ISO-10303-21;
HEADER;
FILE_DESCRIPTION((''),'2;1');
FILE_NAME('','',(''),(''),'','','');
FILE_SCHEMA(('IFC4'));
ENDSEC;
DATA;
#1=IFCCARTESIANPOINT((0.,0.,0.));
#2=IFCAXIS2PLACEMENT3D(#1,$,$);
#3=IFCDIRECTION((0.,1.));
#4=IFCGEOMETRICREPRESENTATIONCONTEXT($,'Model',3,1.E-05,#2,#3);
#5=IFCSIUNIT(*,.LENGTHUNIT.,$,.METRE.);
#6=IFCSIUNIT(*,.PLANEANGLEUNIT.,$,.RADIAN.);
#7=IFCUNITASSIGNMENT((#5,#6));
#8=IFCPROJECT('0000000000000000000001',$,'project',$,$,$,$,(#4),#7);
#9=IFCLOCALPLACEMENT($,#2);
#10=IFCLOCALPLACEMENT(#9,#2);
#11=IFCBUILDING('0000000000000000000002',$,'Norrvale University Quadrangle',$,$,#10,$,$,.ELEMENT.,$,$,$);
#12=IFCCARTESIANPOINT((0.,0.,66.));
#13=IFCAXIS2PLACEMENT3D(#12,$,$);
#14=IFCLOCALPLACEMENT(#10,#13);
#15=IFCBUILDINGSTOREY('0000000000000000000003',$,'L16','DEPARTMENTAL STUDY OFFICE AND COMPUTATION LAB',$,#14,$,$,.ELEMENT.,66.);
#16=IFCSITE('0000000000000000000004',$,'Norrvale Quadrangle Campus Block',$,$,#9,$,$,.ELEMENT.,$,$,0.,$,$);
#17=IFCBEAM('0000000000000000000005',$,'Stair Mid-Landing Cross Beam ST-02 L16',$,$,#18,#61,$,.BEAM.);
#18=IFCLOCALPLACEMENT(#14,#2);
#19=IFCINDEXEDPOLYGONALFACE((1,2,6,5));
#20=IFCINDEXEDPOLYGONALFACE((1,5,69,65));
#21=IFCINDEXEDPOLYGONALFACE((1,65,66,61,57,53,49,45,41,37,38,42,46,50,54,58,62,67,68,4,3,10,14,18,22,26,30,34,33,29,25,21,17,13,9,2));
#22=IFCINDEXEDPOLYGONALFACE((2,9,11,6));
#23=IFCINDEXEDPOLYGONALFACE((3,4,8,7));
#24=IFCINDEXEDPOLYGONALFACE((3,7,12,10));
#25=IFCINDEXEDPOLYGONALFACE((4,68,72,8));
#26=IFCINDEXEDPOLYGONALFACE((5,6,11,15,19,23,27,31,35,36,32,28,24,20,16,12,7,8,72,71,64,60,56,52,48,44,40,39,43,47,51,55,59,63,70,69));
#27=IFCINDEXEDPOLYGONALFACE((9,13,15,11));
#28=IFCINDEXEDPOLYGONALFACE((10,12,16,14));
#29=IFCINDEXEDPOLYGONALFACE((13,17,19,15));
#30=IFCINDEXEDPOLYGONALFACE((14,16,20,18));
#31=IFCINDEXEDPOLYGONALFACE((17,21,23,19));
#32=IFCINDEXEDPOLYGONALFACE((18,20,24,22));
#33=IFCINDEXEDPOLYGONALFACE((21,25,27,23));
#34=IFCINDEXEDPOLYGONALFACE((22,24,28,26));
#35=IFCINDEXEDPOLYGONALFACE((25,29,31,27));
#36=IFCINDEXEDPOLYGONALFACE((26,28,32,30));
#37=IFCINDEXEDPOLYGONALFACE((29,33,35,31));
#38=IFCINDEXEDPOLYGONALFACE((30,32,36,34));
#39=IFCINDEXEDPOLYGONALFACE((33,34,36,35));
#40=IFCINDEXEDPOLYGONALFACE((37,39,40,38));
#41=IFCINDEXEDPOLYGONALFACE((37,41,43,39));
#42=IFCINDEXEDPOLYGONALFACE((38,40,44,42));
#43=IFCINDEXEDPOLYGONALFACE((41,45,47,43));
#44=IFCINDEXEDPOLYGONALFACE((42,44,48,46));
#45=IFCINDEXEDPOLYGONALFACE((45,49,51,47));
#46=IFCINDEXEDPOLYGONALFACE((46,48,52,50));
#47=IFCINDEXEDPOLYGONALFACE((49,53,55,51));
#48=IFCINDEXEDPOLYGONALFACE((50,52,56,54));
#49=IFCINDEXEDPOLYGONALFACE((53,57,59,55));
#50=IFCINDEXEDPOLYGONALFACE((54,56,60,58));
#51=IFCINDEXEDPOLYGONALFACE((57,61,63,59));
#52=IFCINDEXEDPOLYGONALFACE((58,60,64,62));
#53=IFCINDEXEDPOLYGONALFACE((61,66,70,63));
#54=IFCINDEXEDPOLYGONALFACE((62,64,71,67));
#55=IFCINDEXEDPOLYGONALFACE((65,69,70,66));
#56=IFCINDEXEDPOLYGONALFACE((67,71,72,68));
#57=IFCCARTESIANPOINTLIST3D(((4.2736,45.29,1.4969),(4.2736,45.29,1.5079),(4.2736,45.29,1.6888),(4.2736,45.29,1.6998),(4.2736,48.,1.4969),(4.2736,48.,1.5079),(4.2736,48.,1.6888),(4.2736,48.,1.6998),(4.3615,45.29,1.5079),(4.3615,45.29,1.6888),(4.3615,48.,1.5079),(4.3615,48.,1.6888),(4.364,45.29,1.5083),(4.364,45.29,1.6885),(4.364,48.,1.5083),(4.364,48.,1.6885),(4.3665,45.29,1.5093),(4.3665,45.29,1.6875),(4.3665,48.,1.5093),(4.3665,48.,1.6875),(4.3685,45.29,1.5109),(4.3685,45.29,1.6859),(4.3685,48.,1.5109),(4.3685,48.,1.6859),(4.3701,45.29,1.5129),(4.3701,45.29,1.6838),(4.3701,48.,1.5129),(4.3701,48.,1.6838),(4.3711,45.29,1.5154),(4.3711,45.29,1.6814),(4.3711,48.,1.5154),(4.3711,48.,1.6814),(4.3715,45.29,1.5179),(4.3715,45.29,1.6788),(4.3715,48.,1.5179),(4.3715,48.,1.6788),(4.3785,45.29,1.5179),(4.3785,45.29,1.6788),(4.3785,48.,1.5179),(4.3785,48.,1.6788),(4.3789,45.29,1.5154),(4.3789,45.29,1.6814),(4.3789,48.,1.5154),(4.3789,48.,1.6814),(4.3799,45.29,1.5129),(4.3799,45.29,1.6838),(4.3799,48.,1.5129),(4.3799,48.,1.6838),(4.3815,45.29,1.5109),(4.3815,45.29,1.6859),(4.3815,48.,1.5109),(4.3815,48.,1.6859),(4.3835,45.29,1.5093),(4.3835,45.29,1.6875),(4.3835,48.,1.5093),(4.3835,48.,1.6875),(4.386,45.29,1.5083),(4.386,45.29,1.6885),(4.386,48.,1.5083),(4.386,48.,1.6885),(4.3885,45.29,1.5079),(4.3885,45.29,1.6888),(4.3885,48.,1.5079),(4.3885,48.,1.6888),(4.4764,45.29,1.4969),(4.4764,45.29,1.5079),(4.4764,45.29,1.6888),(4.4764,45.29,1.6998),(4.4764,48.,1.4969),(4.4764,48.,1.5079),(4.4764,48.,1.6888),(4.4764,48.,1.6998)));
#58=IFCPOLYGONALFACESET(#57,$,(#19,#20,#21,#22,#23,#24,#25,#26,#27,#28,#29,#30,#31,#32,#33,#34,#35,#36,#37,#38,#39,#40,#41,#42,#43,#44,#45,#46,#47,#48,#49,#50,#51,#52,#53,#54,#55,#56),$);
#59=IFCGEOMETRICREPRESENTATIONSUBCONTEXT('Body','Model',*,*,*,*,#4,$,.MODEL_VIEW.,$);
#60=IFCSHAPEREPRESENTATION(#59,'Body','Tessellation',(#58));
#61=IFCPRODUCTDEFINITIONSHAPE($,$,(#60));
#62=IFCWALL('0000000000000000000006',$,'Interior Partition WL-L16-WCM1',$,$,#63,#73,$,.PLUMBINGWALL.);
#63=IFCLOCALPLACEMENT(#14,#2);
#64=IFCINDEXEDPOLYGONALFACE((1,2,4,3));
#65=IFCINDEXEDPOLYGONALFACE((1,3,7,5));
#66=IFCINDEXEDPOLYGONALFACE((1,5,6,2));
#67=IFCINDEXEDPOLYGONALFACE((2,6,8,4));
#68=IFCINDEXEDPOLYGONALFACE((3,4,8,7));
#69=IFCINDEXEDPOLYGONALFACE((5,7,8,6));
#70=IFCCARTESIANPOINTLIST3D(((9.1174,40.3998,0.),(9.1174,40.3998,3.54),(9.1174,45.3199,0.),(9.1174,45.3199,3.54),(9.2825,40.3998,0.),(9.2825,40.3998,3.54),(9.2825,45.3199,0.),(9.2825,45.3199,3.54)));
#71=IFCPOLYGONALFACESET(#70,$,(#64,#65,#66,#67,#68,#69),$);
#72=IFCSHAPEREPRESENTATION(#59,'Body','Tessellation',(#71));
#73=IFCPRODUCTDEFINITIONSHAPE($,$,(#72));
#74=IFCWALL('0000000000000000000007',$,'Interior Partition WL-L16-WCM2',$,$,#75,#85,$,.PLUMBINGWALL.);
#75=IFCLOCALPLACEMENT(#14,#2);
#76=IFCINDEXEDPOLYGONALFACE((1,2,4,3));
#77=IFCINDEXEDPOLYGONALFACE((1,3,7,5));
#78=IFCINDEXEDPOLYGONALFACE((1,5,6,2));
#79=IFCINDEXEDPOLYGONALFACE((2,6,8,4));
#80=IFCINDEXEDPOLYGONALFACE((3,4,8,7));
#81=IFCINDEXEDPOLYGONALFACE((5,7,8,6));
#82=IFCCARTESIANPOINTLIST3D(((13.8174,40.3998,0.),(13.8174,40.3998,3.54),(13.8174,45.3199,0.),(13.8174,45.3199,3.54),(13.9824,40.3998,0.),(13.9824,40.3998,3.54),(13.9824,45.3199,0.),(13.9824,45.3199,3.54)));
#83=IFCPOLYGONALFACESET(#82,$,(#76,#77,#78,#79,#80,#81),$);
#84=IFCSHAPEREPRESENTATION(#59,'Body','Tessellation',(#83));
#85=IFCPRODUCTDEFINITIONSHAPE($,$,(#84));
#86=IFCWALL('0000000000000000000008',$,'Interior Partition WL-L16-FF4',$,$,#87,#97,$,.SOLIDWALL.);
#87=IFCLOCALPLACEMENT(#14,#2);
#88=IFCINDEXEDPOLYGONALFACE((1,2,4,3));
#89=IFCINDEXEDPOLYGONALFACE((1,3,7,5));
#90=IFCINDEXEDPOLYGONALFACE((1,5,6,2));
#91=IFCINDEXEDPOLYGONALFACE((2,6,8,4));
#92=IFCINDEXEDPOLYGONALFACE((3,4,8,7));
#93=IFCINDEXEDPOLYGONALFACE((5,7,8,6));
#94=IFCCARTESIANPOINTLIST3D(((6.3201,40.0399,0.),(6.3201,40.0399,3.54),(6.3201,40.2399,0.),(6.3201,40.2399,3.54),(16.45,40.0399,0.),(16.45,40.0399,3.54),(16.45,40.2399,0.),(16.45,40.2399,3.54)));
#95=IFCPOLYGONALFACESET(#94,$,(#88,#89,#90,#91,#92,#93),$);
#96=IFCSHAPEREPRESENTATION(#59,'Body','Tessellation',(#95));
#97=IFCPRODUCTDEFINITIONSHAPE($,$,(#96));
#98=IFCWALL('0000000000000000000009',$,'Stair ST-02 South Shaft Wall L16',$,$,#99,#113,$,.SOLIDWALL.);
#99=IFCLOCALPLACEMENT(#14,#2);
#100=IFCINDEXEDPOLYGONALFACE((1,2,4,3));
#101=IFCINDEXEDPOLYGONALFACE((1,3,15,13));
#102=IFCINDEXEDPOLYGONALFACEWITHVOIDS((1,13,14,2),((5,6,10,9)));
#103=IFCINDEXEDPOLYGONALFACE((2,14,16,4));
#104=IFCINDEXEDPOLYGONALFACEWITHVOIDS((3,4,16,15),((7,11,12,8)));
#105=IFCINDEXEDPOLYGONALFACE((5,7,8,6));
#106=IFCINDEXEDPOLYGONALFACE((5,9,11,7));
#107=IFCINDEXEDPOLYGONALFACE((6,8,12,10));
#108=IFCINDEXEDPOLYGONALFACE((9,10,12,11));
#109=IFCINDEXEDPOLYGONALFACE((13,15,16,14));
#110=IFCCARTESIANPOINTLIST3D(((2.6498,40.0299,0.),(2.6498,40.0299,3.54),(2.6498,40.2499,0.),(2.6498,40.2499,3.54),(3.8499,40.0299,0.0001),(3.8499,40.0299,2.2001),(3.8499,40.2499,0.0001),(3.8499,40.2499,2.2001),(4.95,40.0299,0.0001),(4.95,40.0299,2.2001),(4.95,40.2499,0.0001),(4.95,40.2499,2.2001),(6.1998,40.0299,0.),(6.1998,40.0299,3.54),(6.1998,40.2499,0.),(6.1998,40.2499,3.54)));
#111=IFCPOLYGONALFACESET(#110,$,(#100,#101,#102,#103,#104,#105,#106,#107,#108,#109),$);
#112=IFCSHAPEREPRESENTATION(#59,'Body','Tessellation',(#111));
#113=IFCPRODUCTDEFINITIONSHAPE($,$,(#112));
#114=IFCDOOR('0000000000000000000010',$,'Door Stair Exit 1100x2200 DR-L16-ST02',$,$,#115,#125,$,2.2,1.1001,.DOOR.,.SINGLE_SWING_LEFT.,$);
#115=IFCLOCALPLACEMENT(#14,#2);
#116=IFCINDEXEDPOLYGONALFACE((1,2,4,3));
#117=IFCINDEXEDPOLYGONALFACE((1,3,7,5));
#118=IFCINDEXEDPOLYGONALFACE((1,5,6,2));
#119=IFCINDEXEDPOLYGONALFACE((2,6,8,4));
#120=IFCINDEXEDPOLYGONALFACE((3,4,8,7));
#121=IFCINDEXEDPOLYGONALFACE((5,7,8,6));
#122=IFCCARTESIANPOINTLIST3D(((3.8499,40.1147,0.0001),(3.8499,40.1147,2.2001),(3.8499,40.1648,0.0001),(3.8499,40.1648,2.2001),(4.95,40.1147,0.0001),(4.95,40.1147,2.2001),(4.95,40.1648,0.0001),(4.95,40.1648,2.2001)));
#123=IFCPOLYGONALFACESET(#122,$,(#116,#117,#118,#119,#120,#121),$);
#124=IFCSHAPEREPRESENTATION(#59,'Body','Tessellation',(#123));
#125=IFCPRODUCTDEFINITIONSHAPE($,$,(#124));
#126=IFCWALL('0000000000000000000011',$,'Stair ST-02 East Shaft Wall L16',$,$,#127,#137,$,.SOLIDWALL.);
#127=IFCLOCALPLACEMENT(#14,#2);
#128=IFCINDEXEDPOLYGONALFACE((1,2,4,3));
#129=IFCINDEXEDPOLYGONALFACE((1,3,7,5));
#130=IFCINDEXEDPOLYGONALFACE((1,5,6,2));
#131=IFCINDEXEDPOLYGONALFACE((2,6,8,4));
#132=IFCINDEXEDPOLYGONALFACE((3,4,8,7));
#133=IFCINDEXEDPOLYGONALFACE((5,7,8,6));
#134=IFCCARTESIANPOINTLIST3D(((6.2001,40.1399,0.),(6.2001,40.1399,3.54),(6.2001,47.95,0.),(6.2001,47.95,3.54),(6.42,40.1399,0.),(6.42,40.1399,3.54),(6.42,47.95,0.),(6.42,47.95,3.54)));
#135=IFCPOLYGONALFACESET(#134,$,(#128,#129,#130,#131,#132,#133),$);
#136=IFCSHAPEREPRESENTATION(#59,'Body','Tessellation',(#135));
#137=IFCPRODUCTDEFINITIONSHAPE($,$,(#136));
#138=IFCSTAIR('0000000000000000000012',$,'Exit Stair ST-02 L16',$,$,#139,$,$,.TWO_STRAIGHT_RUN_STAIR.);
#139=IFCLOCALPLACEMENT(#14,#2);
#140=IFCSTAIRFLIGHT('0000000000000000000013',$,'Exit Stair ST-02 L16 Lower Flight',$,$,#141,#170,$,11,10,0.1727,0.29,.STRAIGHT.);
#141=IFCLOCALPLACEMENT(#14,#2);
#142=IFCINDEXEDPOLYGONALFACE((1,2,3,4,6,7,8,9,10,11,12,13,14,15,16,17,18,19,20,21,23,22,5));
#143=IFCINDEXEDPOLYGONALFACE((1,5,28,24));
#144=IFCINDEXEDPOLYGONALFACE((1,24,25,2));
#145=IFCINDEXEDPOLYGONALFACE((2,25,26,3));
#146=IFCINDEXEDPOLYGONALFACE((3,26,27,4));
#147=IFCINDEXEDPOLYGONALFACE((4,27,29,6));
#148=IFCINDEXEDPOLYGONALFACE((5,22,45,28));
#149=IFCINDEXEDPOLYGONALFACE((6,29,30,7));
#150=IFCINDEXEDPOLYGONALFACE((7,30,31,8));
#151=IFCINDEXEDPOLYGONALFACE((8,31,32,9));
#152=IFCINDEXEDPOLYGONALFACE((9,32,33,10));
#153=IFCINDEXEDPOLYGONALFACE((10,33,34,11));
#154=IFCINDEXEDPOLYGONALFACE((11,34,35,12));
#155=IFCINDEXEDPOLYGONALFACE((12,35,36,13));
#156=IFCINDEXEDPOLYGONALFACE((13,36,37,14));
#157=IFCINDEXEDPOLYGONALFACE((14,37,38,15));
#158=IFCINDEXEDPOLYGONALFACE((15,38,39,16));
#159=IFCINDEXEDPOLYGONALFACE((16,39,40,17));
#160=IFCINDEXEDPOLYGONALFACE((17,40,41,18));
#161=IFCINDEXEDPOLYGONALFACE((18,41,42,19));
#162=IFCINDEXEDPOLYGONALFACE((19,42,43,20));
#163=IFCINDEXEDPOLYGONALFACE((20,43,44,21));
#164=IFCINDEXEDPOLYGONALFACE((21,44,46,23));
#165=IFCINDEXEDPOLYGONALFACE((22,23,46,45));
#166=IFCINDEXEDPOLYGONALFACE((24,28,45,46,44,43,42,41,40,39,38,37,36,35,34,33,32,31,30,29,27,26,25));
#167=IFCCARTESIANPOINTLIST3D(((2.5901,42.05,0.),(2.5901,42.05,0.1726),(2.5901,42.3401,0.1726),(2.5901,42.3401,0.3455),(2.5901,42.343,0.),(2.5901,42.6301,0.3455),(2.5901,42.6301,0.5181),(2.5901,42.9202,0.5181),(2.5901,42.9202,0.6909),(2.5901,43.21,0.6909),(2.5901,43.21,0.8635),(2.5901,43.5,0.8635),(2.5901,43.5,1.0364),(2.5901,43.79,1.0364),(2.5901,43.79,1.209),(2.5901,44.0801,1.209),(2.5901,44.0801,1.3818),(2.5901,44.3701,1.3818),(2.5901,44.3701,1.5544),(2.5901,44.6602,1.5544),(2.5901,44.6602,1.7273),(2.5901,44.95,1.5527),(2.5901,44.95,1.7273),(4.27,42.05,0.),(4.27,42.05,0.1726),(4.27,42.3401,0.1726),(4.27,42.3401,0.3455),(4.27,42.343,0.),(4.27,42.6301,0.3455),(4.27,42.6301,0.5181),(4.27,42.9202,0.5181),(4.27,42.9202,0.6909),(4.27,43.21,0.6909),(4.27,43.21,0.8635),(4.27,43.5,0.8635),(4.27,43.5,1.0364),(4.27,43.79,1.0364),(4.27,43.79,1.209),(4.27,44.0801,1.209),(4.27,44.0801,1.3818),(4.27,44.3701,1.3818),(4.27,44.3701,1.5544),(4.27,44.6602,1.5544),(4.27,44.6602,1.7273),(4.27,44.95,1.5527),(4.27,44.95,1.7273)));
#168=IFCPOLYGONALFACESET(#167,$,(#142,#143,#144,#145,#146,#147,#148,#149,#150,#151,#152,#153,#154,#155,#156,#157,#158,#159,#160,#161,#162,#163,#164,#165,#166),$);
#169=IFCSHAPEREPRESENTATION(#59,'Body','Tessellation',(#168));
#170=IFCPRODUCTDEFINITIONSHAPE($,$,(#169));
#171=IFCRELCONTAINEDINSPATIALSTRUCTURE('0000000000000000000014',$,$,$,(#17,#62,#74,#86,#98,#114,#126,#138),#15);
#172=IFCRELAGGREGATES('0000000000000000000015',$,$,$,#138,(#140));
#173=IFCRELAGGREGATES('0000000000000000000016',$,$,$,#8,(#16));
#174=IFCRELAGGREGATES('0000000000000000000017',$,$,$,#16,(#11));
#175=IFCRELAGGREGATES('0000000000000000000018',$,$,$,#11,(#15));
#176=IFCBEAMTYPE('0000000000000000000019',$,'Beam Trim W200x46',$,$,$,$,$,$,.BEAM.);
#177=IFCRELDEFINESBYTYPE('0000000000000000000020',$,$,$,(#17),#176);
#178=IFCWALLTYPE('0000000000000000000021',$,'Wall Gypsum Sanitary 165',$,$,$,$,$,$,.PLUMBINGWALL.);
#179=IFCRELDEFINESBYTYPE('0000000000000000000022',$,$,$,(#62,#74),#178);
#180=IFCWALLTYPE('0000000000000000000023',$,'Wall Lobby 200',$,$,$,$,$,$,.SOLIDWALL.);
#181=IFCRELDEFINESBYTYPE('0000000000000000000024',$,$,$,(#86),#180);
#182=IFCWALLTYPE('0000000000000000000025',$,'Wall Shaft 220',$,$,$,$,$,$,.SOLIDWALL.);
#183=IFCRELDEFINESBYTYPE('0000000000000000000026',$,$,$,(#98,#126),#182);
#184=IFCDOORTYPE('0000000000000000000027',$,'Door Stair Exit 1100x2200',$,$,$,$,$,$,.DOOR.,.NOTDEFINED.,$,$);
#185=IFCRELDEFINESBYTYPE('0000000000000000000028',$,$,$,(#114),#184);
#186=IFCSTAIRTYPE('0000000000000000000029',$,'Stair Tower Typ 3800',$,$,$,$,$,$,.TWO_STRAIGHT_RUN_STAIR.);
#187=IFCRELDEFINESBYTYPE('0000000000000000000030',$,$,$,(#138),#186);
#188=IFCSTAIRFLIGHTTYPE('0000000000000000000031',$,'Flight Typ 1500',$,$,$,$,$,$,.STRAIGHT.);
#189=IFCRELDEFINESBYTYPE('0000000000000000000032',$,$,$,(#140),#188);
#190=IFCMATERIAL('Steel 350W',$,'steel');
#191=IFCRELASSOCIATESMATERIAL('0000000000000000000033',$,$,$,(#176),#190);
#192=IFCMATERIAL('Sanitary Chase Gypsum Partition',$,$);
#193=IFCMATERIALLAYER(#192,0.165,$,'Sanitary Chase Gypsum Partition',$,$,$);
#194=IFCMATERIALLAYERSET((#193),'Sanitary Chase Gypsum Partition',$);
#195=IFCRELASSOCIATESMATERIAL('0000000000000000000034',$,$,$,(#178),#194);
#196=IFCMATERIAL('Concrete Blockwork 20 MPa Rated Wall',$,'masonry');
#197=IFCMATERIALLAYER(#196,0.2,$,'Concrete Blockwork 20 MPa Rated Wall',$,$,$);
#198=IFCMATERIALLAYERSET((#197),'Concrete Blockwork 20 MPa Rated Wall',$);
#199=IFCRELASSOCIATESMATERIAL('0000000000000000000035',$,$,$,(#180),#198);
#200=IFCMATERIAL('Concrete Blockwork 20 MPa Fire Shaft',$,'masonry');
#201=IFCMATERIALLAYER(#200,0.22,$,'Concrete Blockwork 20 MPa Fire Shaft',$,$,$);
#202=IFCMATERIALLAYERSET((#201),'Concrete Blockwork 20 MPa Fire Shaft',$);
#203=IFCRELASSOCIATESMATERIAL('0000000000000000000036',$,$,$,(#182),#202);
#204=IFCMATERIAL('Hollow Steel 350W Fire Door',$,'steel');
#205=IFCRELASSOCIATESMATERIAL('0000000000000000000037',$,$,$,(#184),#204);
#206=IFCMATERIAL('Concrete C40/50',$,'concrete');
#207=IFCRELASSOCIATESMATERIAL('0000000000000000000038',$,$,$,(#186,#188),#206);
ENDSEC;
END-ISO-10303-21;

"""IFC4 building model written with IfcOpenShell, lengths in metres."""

from ifc_helpers import new_model, si_unit, direction, frame, frame_2d, origin, origin_2d, place, context, subcontext, project, spatial, polyline, rectangle, i_section, outline, extrude, material, layer, layer_set, material_profile, profile_set, type_object, element, fill, aggregate, save


model = new_model("IFC4")

# Units and contexts
model_context = context("Model", 3, precision=1e-05, world=origin(), true_north=direction((0.0, 1.0)))
body_context = subcontext(model_context, "Body", "Model", "MODEL_VIEW")
ifc_project = project(units=[si_unit("LENGTHUNIT", "METRE"), si_unit("PLANEANGLEUNIT", "RADIAN")], contexts=[model_context])

# Site, building, storey
site_placement = place(None, origin())
site = spatial("IfcSite", under=ifc_project, at=site_placement, Name="Norrvale Quadrangle Campus Block", CompositionType="ELEMENT", RefElevation=0.0)
building_placement = place(site_placement, origin())
building = spatial("IfcBuilding", under=site, at=building_placement, Name="Norrvale University Quadrangle", CompositionType="ELEMENT")
storey_placement = place(building_placement, frame((0.0, 0.0, 66.0)))
storey = spatial("IfcBuildingStorey", under=building, at=storey_placement, Name="L16", Description="DEPARTMENTAL STUDY OFFICE AND COMPUTATION LAB", CompositionType="ELEMENT", Elevation=66.0)

# Beam
ifc_material_1 = material(Name="Steel 350W", Category="steel")
ifc_material_profile_1 = material_profile(ifc_material_1, i_section(OverallWidth=0.2029, OverallDepth=0.2029, WebThickness=0.0071, FlangeThickness=0.011, FilletRadius=0.01, at=origin_2d()), Name="Steel 350W")
ifc_profile_set_1 = profile_set([ifc_material_profile_1], Name="Steel 350W")
beam_type_1 = type_object("IfcBeamType", Name="Beam Trim W200x46", PredefinedType="BEAM", material=ifc_profile_set_1)
beam_1_placement = place(storey_placement, frame((4.375, 45.29, 1.5984), z_axis=(0.0, 1.0, 0.0), x_axis=(-1.0, 0.0, 0.0)))
element("IfcBeam", 1, at=beam_1_placement, inside=storey, type_object=beam_type_1, Name="Stair Mid-Landing Cross Beam ST-02 L16", PredefinedType="BEAM", context=body_context, shape_type="SweptSolid", body=[
    extrude(i_section(OverallWidth=0.2029, OverallDepth=0.2029, WebThickness=0.0071, FlangeThickness=0.011, FilletRadius=0.01, at=origin_2d()), origin(), (0.0, 0.0, 1.0), 2.71),
])

# Walls
ifc_material_2 = material(Name="Sanitary Chase Gypsum Partition")
ifc_layer_1 = layer(ifc_material_2, 0.165, Name="Sanitary Chase Gypsum Partition")
ifc_layer_set_1 = layer_set([ifc_layer_1], Name="Sanitary Chase Gypsum Partition")
wall_type_1 = type_object("IfcWallType", Name="Wall Gypsum Sanitary 165", PredefinedType="PLUMBINGWALL", material=ifc_layer_set_1)
for number, where, z_axis, x_axis, name in (
    (2, (9.2, 40.3999, 0.0), (0.0, 0.0, 1.0), (0.0, 1.0, 0.0), "Interior Partition WL-L16-WCM1"),
    (3, (13.8999, 40.3999, 0.0), (0.0, 0.0, 1.0), (0.0, 1.0, 0.0), "Interior Partition WL-L16-WCM2"),
):
    element("IfcWall", number, at=place(storey_placement, frame(where, z_axis=z_axis, x_axis=x_axis)), inside=storey, type_object=wall_type_1, Name=name, PredefinedType="PLUMBINGWALL", context=body_context, shape_type="SweptSolid", body=[
        extrude(rectangle(XDim=4.9202, YDim=0.165, at=frame_2d((2.46, 0.0))), origin(), (0.0, 0.0, 1.0), 3.54),
    ])
ifc_material_3 = material(Name="Concrete Blockwork 20 MPa Rated Wall", Category="masonry")
ifc_layer_2 = layer(ifc_material_3, 0.2, Name="Concrete Blockwork 20 MPa Rated Wall")
ifc_layer_set_2 = layer_set([ifc_layer_2], Name="Concrete Blockwork 20 MPa Rated Wall")
wall_type_2 = type_object("IfcWallType", Name="Wall Lobby 200", PredefinedType="SOLIDWALL", material=ifc_layer_set_2)
wall_1_placement = place(storey_placement, frame((6.3201, 40.1399, 0.0), z_axis=(0.0, 0.0, 1.0), x_axis=(1.0, 0.0, 0.0)))
element("IfcWall", 4, at=wall_1_placement, inside=storey, type_object=wall_type_2, Name="Interior Partition WL-L16-FF4", PredefinedType="SOLIDWALL", context=body_context, shape_type="SweptSolid", body=[
    extrude(rectangle(XDim=10.1299, YDim=0.2, at=frame_2d((5.0649, 0.0))), origin(), (0.0, 0.0, 1.0), 3.54),
])

# Wall, opening, door
ifc_material_4 = material(Name="Concrete Blockwork 20 MPa Fire Shaft", Category="masonry")
ifc_layer_3 = layer(ifc_material_4, 0.22, Name="Concrete Blockwork 20 MPa Fire Shaft")
ifc_layer_set_3 = layer_set([ifc_layer_3], Name="Concrete Blockwork 20 MPa Fire Shaft")
wall_type_3 = type_object("IfcWallType", Name="Wall Shaft 220", PredefinedType="SOLIDWALL", material=ifc_layer_set_3)
wall_2_placement = place(storey_placement, frame((2.6499, 40.1399, 0.0), z_axis=(0.0, 0.0, 1.0), x_axis=(1.0, 0.0, 0.0)))
wall_2 = element("IfcWall", 5, at=wall_2_placement, inside=storey, type_object=wall_type_3, Name="Stair ST-02 South Shaft Wall L16", PredefinedType="SOLIDWALL", context=body_context, shape_type="SweptSolid", body=[
    extrude(rectangle(XDim=3.55, YDim=0.22, at=frame_2d((1.7749, 0.0))), origin(), (0.0, 0.0, 1.0), 3.54),
])
opening_placement = place(wall_2_placement, frame((1.2, 0.0, 0.0)))
opening = element("IfcOpeningElement", 6, at=opening_placement, cuts=wall_2, PredefinedType="OPENING", context=body_context, shape_type="SweptSolid", body=[
    extrude(rectangle(XDim=1.1001, YDim=2.2, at=frame_2d((0.55, 1.1001))), frame((0.0, 0.1221, 0.0), z_axis=(0.0, -1.0, 0.0), x_axis=(1.0, 0.0, 0.0)), (0.0, 0.0, 1.0), 0.2439),
])
ifc_material_5 = material(Name="Hollow Steel 350W Fire Door", Category="steel")
door_type = type_object("IfcDoorType", Name="Door Stair Exit 1100x2200", OperationType="NOTDEFINED", PredefinedType="DOOR", material=ifc_material_5)
door_placement = place(opening_placement, origin())
door = element("IfcDoor", 7, at=door_placement, inside=storey, type_object=door_type, Name="Door Stair Exit 1100x2200 DR-L16-ST02", OperationType="SINGLE_SWING_LEFT", OverallHeight=2.2, OverallWidth=1.1001, PredefinedType="DOOR", context=body_context, shape_type="SweptSolid", body=[
    extrude(rectangle(XDim=1.1001, YDim=2.2, at=frame_2d((0.55, 1.1001))), frame((0.0, 0.0249, 0.0), z_axis=(0.0, -1.0, 0.0), x_axis=(1.0, 0.0, 0.0)), (0.0, 0.0, 1.0), 0.05),
])
fill(opening, door)

# Wall
wall_3_placement = place(storey_placement, frame((6.3101, 40.1399, 0.0), z_axis=(0.0, 0.0, 1.0), x_axis=(0.0, 1.0, 0.0)))
element("IfcWall", 8, at=wall_3_placement, inside=storey, type_object=wall_type_3, Name="Stair ST-02 East Shaft Wall L16", PredefinedType="SOLIDWALL", context=body_context, shape_type="SweptSolid", body=[
    extrude(rectangle(XDim=7.8101, YDim=0.22, at=frame_2d((3.905, 0.0))), origin(), (0.0, 0.0, 1.0), 3.54),
])

# Stair, stair flight
ifc_material_6 = material(Name="Concrete C40/50", Category="concrete")
stair_type = type_object("IfcStairType", Name="Stair Tower Typ 3800", PredefinedType="TWO_STRAIGHT_RUN_STAIR", material=ifc_material_6)
stair_placement = place(storey_placement, origin())
stair = element("IfcStair", 9, at=stair_placement, inside=storey, type_object=stair_type, Name="Exit Stair ST-02 L16", PredefinedType="TWO_STRAIGHT_RUN_STAIR")
stair_flight_type = type_object("IfcStairFlightType", Name="Flight Typ 1500", PredefinedType="STRAIGHT", material=ifc_material_6)
stair_flight_1_placement = place(storey_placement, frame((3.4299, 42.05, 0.0), z_axis=(0.0, 0.0, 1.0), x_axis=(0.0, 1.0, 0.0)))
stair_flight_1 = element("IfcStairFlight", 10, at=stair_flight_1_placement, type_object=stair_flight_type, Name="Exit Stair ST-02 L16 Lower Flight", NumberOfRisers=11, NumberOfTreads=10, PredefinedType="STRAIGHT", RiserHeight=0.1727, TreadLength=0.29, context=body_context, shape_type="SweptSolid", body=[
    extrude(outline(polyline([(0.0, 0.0), (0.0, 0.1726), (0.29, 0.1726), (0.29, 0.3455), (0.5801, 0.3455), (0.5801, 0.5181), (0.8701, 0.5181), (0.8701, 0.6909), (1.1599, 0.6909), (1.1599, 0.8635), (1.45, 0.8635), (1.45, 1.0364), (1.74, 1.0364), (1.74, 1.209), (2.03, 1.209), (2.03, 1.3818), (2.3201, 1.3818), (2.3201, 1.5544), (2.6101, 1.5544), (2.6101, 1.7273), (2.8999, 1.7273), (2.8999, 1.8999), (2.8999, 1.5527), (0.293, 0.0), (0.0, 0.0)])), frame((0.0, 0.8398, 0.0), z_axis=(0.0, -1.0, 0.0), x_axis=(1.0, 0.0, 0.0)), (0.0, 0.0, 1.0), 1.6799),
])
aggregate(stair, [stair_flight_1])

save(model, "model.ifc")
